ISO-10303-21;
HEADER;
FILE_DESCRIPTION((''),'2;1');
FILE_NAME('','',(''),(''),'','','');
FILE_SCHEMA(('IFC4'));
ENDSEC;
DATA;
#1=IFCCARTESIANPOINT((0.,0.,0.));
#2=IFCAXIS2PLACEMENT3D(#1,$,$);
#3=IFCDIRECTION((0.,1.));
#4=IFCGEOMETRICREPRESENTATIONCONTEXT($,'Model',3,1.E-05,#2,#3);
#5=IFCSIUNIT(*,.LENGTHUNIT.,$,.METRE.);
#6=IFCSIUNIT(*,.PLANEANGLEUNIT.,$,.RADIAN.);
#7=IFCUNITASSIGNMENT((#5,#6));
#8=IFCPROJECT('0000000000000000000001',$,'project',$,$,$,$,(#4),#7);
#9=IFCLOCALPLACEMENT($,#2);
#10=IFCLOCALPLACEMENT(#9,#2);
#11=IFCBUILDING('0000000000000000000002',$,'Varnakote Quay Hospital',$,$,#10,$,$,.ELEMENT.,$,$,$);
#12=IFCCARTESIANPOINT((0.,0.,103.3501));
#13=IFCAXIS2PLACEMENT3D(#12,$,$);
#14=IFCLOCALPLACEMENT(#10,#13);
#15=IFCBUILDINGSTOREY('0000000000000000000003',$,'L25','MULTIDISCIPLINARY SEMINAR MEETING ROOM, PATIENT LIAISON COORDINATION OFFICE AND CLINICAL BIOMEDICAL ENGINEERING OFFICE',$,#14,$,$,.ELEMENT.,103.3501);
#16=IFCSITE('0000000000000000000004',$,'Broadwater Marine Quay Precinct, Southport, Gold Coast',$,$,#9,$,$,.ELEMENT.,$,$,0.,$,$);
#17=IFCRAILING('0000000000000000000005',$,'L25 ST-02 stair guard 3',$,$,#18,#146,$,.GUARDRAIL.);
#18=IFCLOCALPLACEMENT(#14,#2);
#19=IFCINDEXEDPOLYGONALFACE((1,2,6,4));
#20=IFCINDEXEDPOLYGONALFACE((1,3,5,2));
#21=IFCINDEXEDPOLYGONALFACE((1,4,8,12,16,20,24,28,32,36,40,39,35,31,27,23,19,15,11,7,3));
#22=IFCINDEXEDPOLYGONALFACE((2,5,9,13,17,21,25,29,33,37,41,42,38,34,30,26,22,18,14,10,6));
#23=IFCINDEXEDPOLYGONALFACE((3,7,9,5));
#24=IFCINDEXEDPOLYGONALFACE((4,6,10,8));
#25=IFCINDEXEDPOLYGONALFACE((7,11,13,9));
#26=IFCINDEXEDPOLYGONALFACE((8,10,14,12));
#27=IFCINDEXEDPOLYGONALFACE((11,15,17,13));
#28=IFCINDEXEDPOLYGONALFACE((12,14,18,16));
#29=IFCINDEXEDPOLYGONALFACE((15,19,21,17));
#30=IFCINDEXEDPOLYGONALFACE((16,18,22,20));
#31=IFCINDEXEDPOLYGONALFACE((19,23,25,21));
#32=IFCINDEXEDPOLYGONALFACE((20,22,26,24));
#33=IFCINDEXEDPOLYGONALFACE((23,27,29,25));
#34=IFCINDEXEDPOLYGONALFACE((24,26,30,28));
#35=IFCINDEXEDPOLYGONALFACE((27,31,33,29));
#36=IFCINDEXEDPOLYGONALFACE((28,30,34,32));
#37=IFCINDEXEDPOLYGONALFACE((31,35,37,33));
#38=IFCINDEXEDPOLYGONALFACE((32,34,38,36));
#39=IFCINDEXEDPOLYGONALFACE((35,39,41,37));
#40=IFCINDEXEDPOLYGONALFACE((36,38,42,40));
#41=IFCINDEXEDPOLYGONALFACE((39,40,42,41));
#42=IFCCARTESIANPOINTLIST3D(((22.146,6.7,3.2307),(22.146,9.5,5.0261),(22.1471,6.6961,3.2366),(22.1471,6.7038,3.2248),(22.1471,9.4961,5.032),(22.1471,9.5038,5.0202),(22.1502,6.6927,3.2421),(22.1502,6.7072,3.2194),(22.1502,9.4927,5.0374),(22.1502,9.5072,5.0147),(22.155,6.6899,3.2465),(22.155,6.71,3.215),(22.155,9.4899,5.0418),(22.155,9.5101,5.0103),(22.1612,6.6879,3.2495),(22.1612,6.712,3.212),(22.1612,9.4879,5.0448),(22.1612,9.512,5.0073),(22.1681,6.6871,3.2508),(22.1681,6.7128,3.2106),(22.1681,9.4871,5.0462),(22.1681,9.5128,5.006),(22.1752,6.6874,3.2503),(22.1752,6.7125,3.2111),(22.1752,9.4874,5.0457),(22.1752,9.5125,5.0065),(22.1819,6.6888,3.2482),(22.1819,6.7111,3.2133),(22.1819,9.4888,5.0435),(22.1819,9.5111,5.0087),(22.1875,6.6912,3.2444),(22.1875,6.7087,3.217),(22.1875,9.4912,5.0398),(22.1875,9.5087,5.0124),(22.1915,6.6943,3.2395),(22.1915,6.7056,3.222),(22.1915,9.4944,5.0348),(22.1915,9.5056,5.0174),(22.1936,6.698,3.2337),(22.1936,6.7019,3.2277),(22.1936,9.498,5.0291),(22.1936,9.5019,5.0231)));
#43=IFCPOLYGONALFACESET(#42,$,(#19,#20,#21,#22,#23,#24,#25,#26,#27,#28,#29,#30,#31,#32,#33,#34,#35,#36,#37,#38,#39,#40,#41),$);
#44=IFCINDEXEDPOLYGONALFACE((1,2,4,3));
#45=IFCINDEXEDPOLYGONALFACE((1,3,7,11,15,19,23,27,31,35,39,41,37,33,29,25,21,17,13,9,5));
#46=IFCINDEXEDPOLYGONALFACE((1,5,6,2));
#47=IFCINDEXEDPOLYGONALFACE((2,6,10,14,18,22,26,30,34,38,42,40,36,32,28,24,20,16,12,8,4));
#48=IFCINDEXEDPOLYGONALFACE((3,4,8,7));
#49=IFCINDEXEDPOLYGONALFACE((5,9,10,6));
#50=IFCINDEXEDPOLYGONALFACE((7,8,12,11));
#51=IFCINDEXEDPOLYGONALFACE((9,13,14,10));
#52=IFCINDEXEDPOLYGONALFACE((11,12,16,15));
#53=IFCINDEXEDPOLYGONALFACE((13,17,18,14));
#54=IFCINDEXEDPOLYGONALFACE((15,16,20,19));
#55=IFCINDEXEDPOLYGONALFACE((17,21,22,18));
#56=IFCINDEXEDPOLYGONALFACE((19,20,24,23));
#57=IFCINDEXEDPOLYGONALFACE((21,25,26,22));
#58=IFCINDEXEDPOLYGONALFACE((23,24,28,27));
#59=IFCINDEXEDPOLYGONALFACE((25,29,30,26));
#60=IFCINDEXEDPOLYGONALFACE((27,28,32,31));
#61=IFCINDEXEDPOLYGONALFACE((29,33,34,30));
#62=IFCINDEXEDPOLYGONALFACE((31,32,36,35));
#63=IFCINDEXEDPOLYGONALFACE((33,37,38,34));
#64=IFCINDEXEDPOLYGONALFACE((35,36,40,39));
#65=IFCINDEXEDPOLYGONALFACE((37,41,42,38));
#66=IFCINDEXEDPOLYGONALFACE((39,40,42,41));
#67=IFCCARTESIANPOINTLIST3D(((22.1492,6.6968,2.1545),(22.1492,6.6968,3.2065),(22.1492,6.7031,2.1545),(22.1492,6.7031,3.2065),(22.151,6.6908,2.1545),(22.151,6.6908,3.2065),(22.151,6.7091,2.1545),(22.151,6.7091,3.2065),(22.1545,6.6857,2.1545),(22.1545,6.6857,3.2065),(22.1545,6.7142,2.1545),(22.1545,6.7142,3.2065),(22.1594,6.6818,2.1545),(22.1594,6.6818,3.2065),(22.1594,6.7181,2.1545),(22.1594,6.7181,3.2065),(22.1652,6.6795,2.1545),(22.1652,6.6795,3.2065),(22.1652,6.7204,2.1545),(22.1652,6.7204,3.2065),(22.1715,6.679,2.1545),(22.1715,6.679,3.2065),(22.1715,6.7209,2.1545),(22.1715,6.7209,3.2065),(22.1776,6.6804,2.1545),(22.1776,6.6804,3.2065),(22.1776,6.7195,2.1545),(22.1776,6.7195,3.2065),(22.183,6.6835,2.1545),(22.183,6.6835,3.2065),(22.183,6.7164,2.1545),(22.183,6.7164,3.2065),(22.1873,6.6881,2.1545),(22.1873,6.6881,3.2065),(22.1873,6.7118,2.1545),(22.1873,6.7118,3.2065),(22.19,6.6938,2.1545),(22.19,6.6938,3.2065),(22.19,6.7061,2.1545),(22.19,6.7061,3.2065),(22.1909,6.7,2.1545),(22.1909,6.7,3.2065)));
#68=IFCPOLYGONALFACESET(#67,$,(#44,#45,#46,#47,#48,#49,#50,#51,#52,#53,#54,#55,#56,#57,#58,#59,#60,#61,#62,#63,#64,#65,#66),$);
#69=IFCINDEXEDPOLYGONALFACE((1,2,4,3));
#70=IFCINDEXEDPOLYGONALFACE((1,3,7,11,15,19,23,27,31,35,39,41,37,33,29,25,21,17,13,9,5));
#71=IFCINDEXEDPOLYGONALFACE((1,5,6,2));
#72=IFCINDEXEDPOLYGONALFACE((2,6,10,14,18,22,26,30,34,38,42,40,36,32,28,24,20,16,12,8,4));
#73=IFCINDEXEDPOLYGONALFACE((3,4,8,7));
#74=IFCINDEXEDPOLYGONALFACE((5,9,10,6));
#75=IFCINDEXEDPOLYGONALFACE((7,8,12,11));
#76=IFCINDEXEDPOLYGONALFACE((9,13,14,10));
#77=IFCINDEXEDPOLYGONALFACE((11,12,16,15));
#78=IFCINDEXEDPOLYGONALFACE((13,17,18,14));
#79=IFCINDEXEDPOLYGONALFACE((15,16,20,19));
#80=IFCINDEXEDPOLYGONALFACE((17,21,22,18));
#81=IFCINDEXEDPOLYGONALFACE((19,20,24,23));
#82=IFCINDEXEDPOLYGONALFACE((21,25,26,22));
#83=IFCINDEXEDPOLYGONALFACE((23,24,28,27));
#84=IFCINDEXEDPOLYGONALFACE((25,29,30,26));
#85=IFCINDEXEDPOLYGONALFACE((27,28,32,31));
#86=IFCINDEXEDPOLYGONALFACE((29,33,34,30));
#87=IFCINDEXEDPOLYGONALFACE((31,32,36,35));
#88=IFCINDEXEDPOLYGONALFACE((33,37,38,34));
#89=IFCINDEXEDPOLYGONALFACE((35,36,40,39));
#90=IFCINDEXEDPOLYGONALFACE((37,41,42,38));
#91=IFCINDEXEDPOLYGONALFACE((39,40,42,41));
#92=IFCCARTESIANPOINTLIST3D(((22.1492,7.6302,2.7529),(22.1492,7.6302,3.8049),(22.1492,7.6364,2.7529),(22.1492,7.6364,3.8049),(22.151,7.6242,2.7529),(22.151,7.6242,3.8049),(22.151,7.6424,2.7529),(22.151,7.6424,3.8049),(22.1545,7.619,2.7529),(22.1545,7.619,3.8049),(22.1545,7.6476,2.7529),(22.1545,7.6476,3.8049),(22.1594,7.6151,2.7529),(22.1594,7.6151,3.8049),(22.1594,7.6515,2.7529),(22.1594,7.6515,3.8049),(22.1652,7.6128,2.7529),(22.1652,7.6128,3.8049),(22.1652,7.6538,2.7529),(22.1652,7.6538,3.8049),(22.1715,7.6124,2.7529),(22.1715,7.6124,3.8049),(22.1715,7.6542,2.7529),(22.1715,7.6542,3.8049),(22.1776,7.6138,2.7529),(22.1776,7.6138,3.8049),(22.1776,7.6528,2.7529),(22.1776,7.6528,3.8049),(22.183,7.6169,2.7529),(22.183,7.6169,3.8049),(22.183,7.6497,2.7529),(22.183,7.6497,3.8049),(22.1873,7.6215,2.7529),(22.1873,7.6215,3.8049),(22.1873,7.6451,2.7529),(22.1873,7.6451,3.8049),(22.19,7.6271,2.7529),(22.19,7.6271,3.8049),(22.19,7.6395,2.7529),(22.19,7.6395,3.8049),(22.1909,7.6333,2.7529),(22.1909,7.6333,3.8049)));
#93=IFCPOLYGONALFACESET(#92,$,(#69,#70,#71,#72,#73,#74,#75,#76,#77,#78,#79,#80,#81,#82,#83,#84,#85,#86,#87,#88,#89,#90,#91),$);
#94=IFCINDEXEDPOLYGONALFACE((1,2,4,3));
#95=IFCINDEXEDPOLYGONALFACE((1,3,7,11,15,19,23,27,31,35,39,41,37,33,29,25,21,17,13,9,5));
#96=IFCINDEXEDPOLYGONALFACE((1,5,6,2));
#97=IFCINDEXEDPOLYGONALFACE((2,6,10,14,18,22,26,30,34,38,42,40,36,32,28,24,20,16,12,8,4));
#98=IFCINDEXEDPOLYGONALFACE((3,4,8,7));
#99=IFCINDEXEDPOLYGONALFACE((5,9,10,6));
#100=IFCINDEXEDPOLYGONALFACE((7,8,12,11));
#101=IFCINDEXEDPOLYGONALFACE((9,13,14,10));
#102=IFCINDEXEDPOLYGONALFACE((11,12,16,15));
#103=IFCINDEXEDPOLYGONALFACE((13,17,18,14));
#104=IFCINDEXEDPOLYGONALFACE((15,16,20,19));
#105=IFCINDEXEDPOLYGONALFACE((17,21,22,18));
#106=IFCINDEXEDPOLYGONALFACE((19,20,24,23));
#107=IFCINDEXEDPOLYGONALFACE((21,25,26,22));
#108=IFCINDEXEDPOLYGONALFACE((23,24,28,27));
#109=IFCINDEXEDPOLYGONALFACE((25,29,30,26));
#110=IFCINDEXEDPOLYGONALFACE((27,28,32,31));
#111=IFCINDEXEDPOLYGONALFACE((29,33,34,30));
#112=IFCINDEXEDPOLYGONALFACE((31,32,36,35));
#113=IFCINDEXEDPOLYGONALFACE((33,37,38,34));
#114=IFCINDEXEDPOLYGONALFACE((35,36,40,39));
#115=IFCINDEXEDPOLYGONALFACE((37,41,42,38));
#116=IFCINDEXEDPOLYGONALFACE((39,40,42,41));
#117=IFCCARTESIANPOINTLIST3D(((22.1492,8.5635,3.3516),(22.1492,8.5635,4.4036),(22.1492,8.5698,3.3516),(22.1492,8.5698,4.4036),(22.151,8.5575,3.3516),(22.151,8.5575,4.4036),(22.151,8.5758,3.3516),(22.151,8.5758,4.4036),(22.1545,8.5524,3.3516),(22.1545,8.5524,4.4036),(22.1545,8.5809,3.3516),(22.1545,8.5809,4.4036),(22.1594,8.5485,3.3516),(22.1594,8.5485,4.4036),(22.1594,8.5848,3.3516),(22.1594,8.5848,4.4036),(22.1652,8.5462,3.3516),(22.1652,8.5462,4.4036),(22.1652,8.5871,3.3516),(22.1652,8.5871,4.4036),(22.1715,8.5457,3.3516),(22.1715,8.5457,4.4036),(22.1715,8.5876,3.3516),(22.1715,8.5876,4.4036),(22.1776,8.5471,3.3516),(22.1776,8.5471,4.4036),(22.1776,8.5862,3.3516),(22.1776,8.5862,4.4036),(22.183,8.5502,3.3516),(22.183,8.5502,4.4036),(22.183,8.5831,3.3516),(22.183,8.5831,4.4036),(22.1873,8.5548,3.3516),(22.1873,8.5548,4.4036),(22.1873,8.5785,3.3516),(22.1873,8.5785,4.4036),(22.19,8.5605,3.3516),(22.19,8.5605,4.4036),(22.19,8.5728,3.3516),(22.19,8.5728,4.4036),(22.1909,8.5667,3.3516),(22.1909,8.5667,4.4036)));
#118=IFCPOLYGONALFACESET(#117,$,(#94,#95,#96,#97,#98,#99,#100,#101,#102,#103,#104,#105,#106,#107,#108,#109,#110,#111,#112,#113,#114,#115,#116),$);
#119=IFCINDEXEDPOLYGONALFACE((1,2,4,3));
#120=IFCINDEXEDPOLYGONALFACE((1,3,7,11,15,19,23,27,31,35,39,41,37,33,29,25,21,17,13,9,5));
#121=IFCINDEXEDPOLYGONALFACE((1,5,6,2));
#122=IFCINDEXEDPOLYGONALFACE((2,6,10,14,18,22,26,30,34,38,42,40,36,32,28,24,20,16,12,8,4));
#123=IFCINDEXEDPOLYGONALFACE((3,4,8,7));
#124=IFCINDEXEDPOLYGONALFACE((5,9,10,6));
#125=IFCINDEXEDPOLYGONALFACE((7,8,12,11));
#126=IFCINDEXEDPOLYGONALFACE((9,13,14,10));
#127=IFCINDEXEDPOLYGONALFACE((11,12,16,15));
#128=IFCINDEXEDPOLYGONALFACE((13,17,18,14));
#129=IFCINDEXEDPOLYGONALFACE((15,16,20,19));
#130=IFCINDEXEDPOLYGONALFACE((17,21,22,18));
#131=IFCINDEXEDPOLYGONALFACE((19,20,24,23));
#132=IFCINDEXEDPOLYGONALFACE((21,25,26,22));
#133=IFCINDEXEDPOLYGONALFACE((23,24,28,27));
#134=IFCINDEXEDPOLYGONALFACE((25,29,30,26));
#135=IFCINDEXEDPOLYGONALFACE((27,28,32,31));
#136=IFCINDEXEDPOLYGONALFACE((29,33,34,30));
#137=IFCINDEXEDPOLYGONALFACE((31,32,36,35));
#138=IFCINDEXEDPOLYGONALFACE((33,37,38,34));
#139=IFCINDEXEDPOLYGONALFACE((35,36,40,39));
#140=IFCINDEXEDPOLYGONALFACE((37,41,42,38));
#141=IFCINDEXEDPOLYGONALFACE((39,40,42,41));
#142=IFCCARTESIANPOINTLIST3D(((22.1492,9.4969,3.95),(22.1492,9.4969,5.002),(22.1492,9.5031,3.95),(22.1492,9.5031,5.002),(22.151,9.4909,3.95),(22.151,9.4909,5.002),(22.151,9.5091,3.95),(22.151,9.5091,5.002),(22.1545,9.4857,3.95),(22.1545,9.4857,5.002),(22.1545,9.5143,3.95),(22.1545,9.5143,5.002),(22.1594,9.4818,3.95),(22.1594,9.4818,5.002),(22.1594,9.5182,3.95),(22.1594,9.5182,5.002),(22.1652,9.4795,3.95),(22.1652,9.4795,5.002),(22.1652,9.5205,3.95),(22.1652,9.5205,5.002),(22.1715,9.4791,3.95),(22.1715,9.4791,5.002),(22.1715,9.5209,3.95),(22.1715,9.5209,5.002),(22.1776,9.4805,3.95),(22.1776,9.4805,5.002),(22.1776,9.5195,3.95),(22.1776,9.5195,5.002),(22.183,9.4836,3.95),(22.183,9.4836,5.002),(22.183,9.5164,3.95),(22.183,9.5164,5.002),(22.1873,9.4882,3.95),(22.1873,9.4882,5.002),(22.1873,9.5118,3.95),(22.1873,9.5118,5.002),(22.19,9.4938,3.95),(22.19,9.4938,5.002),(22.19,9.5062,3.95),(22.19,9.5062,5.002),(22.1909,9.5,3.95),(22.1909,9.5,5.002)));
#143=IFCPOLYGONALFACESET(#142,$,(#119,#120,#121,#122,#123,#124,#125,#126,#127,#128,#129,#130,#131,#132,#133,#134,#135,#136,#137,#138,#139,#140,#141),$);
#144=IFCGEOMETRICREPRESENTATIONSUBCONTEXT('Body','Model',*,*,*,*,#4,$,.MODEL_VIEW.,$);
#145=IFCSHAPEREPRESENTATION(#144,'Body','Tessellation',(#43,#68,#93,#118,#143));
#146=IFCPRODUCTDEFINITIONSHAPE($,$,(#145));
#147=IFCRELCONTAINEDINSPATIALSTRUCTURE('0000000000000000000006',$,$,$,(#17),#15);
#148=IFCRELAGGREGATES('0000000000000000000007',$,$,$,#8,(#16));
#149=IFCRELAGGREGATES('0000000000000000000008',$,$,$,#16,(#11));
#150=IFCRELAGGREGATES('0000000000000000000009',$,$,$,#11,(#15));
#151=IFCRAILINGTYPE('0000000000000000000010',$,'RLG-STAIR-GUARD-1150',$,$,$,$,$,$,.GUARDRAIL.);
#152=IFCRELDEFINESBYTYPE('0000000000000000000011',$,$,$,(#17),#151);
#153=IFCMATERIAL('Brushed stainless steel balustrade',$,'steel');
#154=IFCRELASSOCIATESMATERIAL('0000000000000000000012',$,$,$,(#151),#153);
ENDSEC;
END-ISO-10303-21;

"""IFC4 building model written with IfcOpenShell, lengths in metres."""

from ifc_helpers import new_model, si_unit, direction, frame, origin, origin_2d, place, context, subcontext, project, spatial, circle, extrude, material, type_object, element, save


model = new_model("IFC4")

# Units and contexts
model_context = context("Model", 3, precision=1e-05, world=origin(), true_north=direction((0.0, 1.0)))
body_context = subcontext(model_context, "Body", "Model", "MODEL_VIEW")
ifc_project = project(units=[si_unit("LENGTHUNIT", "METRE"), si_unit("PLANEANGLEUNIT", "RADIAN")], contexts=[model_context])

# Site, building, storey
site_placement = place(None, origin())
site = spatial("IfcSite", under=ifc_project, at=site_placement, Name="Broadwater Marine Quay Precinct, Southport, Gold Coast", CompositionType="ELEMENT", RefElevation=0.0)
building_placement = place(site_placement, origin())
building = spatial("IfcBuilding", under=site, at=building_placement, Name="Varnakote Quay Hospital", CompositionType="ELEMENT")
storey_placement = place(building_placement, frame((0.0, 0.0, 103.3501)))
storey = spatial("IfcBuildingStorey", under=building, at=storey_placement, Name="L25", Description="MULTIDISCIPLINARY SEMINAR MEETING ROOM, PATIENT LIAISON COORDINATION OFFICE AND CLINICAL BIOMEDICAL ENGINEERING OFFICE", CompositionType="ELEMENT", Elevation=103.3501)

# Railing
ifc_material_1 = material(Name="Brushed stainless steel balustrade", Category="steel")
railing_type_1 = type_object("IfcRailingType", Name="RLG-STAIR-GUARD-1150", PredefinedType="GUARDRAIL", material=ifc_material_1)
railing_1_placement = place(storey_placement, frame((22.1699, 6.7, 2.1545)))
element("IfcRailing", 1, at=railing_1_placement, inside=storey, type_object=railing_type_1, Name="L25 ST-02 stair guard 3", PredefinedType="GUARDRAIL", context=body_context, shape_type="SweptSolid", body=[
    extrude(circle(Radius=0.0239, at=origin_2d()), frame((0.0, 0.0, 1.0762), z_axis=(0.0, 0.84181, 0.539774), x_axis=(-1.0, 0.0, 0.0)), (0.0, 0.0, 1.0), 3.3262),
    extrude(circle(Radius=0.021, at=origin_2d()), origin(), (0.0, 0.0, 1.0), 1.052),
    extrude(circle(Radius=0.021, at=origin_2d()), frame((0.0, 0.9333, 0.5984)), (0.0, 0.0, 1.0), 1.052),
    extrude(circle(Radius=0.021, at=origin_2d()), frame((0.0, 1.8667, 1.197)), (0.0, 0.0, 1.0), 1.052),
    extrude(circle(Radius=0.021, at=origin_2d()), frame((0.0, 2.8, 1.7954)), (0.0, 0.0, 1.0), 1.052),
])

save(model, "model.ifc")
